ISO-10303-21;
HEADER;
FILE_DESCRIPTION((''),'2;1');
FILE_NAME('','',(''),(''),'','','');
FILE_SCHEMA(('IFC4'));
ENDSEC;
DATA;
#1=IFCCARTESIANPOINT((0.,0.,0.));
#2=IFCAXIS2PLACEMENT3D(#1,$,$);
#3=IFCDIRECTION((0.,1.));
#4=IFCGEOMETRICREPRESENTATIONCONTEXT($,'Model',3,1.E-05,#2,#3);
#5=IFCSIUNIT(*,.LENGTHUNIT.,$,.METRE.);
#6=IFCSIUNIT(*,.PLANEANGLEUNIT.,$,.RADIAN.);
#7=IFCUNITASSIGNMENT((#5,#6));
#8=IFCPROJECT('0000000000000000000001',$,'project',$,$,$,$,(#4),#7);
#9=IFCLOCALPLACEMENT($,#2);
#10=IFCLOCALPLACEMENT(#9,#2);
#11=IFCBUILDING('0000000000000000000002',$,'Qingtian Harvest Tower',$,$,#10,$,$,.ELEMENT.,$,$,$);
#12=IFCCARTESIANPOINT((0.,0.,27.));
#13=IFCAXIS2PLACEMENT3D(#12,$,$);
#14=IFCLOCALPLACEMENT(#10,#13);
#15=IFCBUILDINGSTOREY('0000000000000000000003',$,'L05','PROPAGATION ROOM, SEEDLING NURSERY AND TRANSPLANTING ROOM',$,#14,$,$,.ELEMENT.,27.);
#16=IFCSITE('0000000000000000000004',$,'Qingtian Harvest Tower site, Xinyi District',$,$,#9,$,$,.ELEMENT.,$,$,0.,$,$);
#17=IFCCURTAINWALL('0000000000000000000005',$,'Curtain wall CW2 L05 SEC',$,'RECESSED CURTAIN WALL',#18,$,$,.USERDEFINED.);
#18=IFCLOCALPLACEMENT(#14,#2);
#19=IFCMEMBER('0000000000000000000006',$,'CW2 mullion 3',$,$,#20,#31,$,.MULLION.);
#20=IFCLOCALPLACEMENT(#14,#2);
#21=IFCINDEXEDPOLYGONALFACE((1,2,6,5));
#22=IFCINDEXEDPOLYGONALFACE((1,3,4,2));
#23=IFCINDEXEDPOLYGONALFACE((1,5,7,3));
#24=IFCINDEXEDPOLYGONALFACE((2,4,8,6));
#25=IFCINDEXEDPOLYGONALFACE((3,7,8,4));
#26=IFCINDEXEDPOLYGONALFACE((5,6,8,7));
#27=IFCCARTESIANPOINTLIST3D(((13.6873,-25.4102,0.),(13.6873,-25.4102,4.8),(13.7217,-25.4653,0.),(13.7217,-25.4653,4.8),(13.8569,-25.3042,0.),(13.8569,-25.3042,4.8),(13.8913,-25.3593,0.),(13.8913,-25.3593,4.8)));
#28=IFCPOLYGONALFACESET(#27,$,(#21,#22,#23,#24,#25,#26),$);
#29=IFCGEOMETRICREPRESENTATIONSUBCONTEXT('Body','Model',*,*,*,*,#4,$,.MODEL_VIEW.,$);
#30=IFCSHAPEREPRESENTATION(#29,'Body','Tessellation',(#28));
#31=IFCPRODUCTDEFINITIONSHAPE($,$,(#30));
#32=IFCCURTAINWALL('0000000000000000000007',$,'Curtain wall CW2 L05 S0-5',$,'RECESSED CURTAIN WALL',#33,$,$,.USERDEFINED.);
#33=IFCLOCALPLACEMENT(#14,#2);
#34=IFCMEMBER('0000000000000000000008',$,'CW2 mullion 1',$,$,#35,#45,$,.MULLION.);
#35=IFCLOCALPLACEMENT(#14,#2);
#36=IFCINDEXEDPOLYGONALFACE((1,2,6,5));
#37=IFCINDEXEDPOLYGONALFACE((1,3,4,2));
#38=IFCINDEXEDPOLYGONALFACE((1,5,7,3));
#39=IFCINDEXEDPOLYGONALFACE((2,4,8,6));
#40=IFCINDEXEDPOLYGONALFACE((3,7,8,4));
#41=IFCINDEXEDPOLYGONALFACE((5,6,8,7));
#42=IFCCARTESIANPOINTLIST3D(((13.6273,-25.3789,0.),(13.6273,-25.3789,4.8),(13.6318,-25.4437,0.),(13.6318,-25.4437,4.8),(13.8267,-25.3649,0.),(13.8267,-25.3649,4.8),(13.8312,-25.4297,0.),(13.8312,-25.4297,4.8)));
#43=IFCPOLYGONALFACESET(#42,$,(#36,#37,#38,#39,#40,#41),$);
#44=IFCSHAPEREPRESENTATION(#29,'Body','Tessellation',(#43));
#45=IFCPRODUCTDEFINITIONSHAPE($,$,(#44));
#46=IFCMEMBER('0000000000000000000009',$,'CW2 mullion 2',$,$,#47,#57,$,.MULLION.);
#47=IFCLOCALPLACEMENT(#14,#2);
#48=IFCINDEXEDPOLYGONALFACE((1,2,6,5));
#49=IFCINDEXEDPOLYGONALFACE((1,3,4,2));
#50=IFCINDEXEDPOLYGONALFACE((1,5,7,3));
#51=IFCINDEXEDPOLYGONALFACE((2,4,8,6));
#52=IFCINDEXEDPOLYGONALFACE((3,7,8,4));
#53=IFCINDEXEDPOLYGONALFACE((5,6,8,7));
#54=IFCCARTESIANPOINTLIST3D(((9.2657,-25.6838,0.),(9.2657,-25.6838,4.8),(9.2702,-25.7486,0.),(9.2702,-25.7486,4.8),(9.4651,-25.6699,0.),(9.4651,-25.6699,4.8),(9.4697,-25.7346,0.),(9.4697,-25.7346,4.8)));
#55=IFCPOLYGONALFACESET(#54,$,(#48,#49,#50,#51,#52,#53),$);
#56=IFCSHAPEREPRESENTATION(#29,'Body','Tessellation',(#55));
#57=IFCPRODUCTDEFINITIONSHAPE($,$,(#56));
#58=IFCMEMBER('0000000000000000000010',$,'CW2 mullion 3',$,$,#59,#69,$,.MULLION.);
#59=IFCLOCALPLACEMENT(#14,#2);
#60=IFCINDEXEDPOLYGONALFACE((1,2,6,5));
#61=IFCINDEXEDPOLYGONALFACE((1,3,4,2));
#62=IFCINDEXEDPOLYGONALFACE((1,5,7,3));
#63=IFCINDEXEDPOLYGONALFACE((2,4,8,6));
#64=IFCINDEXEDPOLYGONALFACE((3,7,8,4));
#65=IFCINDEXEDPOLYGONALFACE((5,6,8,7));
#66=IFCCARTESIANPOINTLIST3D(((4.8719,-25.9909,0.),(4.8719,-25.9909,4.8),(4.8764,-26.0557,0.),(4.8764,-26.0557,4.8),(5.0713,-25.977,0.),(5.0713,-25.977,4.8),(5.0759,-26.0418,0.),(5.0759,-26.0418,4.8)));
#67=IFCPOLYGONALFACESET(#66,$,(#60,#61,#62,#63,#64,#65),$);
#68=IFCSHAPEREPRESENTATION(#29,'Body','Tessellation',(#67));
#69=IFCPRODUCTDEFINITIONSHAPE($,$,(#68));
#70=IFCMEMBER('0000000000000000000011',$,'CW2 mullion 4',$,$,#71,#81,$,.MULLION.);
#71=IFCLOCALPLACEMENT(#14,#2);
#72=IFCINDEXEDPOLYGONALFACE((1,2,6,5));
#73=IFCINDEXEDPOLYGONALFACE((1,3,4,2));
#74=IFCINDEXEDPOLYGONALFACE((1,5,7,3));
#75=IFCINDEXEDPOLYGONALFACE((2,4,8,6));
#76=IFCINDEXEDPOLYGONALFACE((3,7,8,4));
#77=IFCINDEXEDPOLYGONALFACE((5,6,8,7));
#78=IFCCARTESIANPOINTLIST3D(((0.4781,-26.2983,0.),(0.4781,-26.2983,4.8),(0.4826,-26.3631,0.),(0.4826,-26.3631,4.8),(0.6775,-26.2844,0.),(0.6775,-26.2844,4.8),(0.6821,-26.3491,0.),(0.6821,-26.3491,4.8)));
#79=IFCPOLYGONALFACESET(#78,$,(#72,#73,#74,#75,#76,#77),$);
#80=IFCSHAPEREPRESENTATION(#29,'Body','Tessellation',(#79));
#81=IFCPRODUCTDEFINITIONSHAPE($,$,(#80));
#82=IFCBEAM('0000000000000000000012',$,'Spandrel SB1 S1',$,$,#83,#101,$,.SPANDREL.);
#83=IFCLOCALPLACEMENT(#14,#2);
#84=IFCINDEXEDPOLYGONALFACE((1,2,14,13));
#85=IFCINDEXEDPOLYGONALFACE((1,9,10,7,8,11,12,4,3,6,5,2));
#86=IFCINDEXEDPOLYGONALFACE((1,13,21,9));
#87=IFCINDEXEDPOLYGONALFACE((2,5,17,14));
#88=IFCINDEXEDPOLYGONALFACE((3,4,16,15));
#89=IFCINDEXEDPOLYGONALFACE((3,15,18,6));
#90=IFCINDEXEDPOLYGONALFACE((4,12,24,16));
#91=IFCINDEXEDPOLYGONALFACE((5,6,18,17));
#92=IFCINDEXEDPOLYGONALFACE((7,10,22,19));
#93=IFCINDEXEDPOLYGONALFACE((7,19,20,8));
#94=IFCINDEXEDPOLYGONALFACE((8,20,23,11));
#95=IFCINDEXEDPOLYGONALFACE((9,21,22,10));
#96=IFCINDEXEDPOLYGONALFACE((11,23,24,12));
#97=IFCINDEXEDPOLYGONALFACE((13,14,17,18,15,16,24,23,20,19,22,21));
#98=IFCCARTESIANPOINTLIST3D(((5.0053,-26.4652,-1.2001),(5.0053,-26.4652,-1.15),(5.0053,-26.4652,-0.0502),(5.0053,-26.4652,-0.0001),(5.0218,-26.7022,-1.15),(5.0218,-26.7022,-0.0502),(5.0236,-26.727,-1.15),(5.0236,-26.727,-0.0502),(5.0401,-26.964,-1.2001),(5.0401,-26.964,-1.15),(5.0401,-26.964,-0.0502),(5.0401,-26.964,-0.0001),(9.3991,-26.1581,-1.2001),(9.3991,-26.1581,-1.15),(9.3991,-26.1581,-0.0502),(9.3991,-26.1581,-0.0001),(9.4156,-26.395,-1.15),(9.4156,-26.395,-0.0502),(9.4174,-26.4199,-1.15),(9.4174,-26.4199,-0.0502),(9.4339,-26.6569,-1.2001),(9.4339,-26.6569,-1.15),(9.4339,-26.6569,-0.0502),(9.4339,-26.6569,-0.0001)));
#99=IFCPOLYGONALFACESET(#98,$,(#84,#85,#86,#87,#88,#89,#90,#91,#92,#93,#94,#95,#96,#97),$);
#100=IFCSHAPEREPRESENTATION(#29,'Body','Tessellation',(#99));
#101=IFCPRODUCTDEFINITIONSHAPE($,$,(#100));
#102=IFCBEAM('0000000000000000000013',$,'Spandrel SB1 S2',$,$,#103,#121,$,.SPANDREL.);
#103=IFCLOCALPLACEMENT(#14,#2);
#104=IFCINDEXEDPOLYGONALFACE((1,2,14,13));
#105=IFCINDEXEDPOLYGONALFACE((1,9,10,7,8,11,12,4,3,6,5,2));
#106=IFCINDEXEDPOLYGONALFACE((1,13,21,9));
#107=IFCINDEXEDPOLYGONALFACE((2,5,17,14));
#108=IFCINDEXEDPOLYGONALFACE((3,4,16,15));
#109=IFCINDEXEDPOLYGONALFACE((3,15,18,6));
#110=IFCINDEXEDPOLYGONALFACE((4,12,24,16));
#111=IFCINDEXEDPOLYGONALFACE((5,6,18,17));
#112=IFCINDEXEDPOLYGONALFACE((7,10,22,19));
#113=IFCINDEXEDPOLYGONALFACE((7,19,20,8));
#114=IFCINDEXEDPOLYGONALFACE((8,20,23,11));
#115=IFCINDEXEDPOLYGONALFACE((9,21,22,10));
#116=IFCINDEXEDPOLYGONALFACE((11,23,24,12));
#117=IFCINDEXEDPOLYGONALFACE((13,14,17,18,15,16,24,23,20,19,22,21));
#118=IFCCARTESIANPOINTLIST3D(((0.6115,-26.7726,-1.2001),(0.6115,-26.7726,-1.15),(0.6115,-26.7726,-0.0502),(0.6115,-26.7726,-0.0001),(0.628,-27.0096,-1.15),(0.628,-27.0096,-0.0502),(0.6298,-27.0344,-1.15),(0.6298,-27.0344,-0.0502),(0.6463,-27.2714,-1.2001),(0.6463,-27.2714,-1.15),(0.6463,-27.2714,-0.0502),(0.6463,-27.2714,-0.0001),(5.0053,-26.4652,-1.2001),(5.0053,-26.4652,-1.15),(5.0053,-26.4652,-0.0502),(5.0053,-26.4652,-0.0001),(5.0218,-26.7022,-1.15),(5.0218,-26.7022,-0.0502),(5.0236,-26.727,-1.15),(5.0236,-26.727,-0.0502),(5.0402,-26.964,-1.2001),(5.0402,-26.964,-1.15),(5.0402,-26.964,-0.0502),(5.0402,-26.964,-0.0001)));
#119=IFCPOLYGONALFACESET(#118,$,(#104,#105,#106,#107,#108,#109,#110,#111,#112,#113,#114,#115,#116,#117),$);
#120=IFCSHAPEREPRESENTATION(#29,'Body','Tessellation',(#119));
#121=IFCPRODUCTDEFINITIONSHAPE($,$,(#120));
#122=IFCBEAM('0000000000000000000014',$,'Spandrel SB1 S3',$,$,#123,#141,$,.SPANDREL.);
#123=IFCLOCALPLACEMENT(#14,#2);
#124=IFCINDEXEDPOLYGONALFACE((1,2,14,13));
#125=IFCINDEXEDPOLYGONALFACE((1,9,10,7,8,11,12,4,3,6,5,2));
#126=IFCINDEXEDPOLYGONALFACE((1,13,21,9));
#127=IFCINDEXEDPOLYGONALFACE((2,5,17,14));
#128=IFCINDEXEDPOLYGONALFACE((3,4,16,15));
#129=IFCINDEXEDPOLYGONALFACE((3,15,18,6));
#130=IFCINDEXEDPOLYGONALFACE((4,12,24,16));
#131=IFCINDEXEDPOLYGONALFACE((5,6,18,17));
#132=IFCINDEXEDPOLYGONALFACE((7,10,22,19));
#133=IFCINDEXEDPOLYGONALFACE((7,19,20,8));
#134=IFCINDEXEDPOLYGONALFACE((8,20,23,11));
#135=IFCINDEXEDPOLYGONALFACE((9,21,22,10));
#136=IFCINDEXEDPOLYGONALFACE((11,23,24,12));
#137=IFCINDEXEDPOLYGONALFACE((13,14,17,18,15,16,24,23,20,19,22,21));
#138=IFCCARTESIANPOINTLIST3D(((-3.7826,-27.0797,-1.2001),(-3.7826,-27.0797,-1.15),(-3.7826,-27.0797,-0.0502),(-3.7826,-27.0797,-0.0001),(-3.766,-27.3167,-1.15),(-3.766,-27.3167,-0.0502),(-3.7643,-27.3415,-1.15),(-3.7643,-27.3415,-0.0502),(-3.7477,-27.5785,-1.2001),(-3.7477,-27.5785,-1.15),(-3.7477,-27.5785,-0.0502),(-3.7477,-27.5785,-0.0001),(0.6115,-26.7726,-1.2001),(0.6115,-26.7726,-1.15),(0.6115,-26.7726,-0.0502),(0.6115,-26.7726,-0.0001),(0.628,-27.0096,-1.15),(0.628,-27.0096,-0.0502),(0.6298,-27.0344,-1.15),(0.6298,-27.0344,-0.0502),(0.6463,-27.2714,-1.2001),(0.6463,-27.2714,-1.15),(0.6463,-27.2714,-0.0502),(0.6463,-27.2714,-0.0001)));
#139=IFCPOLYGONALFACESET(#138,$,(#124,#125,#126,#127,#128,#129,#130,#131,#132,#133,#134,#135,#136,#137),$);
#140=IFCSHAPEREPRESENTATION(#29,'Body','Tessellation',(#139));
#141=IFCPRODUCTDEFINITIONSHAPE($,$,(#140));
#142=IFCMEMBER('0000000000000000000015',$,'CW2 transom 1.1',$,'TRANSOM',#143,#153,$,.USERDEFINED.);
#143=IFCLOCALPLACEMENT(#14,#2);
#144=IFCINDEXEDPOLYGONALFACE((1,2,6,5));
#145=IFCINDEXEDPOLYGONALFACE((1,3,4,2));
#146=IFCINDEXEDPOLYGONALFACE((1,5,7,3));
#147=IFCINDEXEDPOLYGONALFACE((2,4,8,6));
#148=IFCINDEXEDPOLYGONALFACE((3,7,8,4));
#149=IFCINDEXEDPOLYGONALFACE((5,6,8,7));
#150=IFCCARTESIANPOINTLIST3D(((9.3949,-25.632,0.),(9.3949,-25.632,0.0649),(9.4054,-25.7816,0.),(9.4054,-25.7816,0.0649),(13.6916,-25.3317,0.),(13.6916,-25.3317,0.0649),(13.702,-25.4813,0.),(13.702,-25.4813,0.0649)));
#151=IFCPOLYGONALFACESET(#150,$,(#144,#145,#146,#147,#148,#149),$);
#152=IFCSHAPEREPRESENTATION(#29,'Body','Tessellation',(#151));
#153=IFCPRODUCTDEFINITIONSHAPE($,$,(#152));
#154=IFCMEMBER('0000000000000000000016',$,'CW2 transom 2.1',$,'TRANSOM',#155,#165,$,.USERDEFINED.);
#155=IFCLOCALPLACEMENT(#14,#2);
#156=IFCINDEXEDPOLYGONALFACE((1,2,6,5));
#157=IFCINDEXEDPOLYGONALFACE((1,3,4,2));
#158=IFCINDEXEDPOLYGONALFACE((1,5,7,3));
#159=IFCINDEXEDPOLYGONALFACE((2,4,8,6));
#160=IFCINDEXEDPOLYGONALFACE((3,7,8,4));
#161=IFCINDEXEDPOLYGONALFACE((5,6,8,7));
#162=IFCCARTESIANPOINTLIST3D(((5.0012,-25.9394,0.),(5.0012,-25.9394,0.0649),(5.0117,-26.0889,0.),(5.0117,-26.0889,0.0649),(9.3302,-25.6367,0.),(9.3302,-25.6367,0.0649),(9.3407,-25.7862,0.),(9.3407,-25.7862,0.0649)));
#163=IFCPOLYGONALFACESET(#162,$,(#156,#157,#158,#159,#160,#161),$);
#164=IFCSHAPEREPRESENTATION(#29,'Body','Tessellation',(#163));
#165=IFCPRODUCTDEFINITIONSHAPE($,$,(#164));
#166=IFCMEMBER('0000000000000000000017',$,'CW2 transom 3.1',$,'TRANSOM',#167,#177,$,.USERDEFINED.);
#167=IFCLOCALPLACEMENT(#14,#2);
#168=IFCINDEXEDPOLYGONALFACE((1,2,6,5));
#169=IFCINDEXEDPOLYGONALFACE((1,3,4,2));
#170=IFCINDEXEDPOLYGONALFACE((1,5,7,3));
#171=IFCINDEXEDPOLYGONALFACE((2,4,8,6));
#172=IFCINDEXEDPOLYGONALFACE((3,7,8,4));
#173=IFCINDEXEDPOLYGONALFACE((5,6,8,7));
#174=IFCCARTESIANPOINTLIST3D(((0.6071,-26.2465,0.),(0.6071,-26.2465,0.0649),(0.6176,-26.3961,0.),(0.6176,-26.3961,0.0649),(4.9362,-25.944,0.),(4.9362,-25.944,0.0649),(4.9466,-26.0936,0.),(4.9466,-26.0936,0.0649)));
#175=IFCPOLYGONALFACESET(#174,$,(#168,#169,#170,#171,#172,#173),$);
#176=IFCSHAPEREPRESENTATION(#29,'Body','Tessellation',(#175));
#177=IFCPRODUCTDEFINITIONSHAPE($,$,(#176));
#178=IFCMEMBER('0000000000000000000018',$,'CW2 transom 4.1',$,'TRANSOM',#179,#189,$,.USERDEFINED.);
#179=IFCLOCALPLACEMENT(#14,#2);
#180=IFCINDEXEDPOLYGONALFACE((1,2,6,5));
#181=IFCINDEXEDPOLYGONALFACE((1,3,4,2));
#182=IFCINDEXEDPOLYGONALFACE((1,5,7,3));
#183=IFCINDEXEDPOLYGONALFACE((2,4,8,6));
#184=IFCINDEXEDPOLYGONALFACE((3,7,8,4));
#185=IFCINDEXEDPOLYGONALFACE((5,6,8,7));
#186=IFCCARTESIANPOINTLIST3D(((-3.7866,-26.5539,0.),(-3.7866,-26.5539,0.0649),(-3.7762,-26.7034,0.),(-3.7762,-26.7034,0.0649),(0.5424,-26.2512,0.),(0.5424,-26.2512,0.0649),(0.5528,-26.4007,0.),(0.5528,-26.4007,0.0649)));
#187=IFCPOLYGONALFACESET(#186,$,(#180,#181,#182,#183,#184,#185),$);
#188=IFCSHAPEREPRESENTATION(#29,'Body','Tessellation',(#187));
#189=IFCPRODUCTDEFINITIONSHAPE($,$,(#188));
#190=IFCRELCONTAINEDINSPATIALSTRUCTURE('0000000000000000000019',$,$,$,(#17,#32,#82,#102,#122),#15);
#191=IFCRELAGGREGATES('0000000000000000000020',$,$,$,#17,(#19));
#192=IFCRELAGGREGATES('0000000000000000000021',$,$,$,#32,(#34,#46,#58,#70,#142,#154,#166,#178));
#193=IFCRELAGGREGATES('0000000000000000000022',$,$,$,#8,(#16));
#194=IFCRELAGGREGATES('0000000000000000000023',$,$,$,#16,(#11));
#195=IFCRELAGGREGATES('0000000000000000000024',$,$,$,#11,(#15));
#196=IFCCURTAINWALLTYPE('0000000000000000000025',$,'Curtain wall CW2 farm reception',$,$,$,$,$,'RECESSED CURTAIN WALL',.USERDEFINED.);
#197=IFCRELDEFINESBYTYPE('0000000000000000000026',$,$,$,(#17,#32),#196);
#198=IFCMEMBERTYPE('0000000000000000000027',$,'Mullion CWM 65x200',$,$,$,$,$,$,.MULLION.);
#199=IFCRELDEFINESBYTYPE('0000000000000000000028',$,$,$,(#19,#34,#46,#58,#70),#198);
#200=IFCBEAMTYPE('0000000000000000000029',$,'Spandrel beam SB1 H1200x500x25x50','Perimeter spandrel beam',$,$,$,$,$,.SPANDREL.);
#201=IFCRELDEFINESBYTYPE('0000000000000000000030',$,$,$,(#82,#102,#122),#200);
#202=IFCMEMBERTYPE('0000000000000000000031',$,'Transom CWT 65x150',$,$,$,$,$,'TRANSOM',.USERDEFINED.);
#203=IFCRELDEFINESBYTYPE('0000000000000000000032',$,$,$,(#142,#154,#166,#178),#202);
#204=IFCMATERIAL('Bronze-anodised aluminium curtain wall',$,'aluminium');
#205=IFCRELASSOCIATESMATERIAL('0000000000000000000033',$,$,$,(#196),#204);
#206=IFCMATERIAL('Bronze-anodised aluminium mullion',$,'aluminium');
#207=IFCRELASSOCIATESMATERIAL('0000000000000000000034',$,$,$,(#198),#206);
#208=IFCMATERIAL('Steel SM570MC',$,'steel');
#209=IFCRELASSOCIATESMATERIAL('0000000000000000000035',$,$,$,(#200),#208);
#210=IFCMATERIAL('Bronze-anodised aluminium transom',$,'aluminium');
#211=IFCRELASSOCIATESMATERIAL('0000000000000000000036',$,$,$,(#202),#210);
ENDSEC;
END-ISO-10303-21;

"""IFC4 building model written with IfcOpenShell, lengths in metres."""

from ifc_helpers import new_model, si_unit, direction, frame, origin, origin_2d, place, context, subcontext, project, spatial, rectangle, i_section, extrude, material, material_profile, profile_set, type_object, element, aggregate, save


model = new_model("IFC4")

# Units and contexts
model_context = context("Model", 3, precision=1e-05, world=origin(), true_north=direction((0.0, 1.0)))
body_context = subcontext(model_context, "Body", "Model", "MODEL_VIEW")
ifc_project = project(units=[si_unit("LENGTHUNIT", "METRE"), si_unit("PLANEANGLEUNIT", "RADIAN")], contexts=[model_context])

# Site, building, storey
site_placement = place(None, origin())
site = spatial("IfcSite", under=ifc_project, at=site_placement, Name="Qingtian Harvest Tower site, Xinyi District", CompositionType="ELEMENT", RefElevation=0.0)
building_placement = place(site_placement, origin())
building = spatial("IfcBuilding", under=site, at=building_placement, Name="Qingtian Harvest Tower", CompositionType="ELEMENT")
storey_placement = place(building_placement, frame((0.0, 0.0, 27.0)))
storey = spatial("IfcBuildingStorey", under=building, at=storey_placement, Name="L05", Description="PROPAGATION ROOM, SEEDLING NURSERY AND TRANSPLANTING ROOM", CompositionType="ELEMENT", Elevation=27.0)

# Curtain wall, member
ifc_material_1 = material(Name="Bronze-anodised aluminium curtain wall", Category="aluminium")
curtain_wall_type = type_object("IfcCurtainWallType", Name="Curtain wall CW2 farm reception", ElementType="RECESSED CURTAIN WALL", PredefinedType="USERDEFINED", material=ifc_material_1)
curtain_wall_1_placement = place(storey_placement, origin())
curtain_wall_1 = element("IfcCurtainWall", 1, at=curtain_wall_1_placement, inside=storey, type_object=curtain_wall_type, Name="Curtain wall CW2 L05 SEC", ObjectType="RECESSED CURTAIN WALL", PredefinedType="USERDEFINED")
ifc_material_2 = material(Name="Bronze-anodised aluminium mullion", Category="aluminium")
ifc_material_profile_1 = material_profile(ifc_material_2, rectangle(XDim=0.0649, YDim=0.2, at=origin_2d()), Name="AL 65x200")
ifc_profile_set_1 = profile_set([ifc_material_profile_1], Name="Bronze-anodised aluminium mullion")
member_type_1 = type_object("IfcMemberType", Name="Mullion CWM 65x200", PredefinedType="MULLION", material=ifc_profile_set_1)
member_1_placement = place(storey_placement, frame((13.7893, -25.3848, 0.0), z_axis=(0.0, 0.0, 1.0), x_axis=(0.529919, -0.848048, 0.0)))
member_1 = element("IfcMember", 2, at=member_1_placement, type_object=member_type_1, Name="CW2 mullion 3", PredefinedType="MULLION", context=body_context, shape_type="SweptSolid", body=[
    extrude(rectangle(XDim=0.0649, YDim=0.2, at=origin_2d()), origin(), (0.0, 0.0, 1.0), 4.8),
])
aggregate(curtain_wall_1, [member_1])

# Curtain wall, members
curtain_wall_2_placement = place(storey_placement, origin())
curtain_wall_2 = element("IfcCurtainWall", 3, at=curtain_wall_2_placement, inside=storey, type_object=curtain_wall_type, Name="Curtain wall CW2 L05 S0-5", ObjectType="RECESSED CURTAIN WALL", PredefinedType="USERDEFINED")
member_2_placement = place(storey_placement, frame((13.7292, -25.4043, 0.0), z_axis=(0.0, 0.0, 1.0), x_axis=(0.069756, -0.997564, 0.0)))
member_2 = element("IfcMember", 4, at=member_2_placement, type_object=member_type_1, Name="CW2 mullion 1", PredefinedType="MULLION", context=body_context, shape_type="SweptSolid", body=[
    extrude(rectangle(XDim=0.0649, YDim=0.2, at=origin_2d()), origin(), (0.0, 0.0, 1.0), 4.8),
])
member_3_placement = place(storey_placement, frame((9.3677, -25.7092, 0.0), z_axis=(0.0, 0.0, 1.0), x_axis=(0.069756, -0.997564, 0.0)))
member_3 = element("IfcMember", 5, at=member_3_placement, type_object=member_type_1, Name="CW2 mullion 2", PredefinedType="MULLION", context=body_context, shape_type="SweptSolid", body=[
    extrude(rectangle(XDim=0.0649, YDim=0.2, at=origin_2d()), origin(), (0.0, 0.0, 1.0), 4.8),
])
member_4_placement = place(storey_placement, frame((4.9739, -26.0164, 0.0), z_axis=(0.0, 0.0, 1.0), x_axis=(0.069756, -0.997564, 0.0)))
member_4 = element("IfcMember", 6, at=member_4_placement, type_object=member_type_1, Name="CW2 mullion 3", PredefinedType="MULLION", context=body_context, shape_type="SweptSolid", body=[
    extrude(rectangle(XDim=0.0649, YDim=0.2, at=origin_2d()), origin(), (0.0, 0.0, 1.0), 4.8),
])
member_5_placement = place(storey_placement, frame((0.5801, -26.3237, 0.0), z_axis=(0.0, 0.0, 1.0), x_axis=(0.069756, -0.997564, 0.0)))
member_5 = element("IfcMember", 7, at=member_5_placement, type_object=member_type_1, Name="CW2 mullion 4", PredefinedType="MULLION", context=body_context, shape_type="SweptSolid", body=[
    extrude(rectangle(XDim=0.0649, YDim=0.2, at=origin_2d()), origin(), (0.0, 0.0, 1.0), 4.8),
])

# Beams
ifc_material_3 = material(Name="Steel SM570MC", Category="steel")
ifc_material_profile_2 = material_profile(ifc_material_3, i_section(OverallWidth=0.5, OverallDepth=1.2, WebThickness=0.0249, FlangeThickness=0.05, at=origin_2d()), Name="H1200x500x25x50")
ifc_profile_set_2 = profile_set([ifc_material_profile_2], Name="Steel SM570MC")
beam_type_1 = type_object("IfcBeamType", Name="Spandrel beam SB1 H1200x500x25x50", Description="Perimeter spandrel beam", PredefinedType="SPANDREL", material=ifc_profile_set_2)
for number, where, z_axis, x_axis, name in (
    (8, (9.4165, -26.4075, -0.6001), (-0.997566, -0.06973, 0.0), (0.06973, -0.997566, 0.0), "Spandrel SB1 S1"),
    (9, (5.0227, -26.7146, -0.6001), (-0.997562, -0.069786, 0.0), (0.069786, -0.997562, 0.0), "Spandrel SB1 S2"),
):
    element("IfcBeam", number, at=place(storey_placement, frame(where, z_axis=z_axis, x_axis=x_axis)), inside=storey, type_object=beam_type_1, Name=name, PredefinedType="SPANDREL", context=body_context, shape_type="SweptSolid", body=[
        extrude(i_section(OverallWidth=0.5, OverallDepth=1.2, WebThickness=0.0249, FlangeThickness=0.05, at=origin_2d()), origin(), (0.0, 0.0, 1.0), 4.4045),
    ])
beam_1_placement = place(storey_placement, frame((0.6289, -27.022, -0.6001), z_axis=(-0.997566, -0.069727, 0.0), x_axis=(0.069727, -0.997566, 0.0)))
element("IfcBeam", 10, at=beam_1_placement, inside=storey, type_object=beam_type_1, Name="Spandrel SB1 S3", PredefinedType="SPANDREL", context=body_context, shape_type="SweptSolid", body=[
    extrude(i_section(OverallWidth=0.5, OverallDepth=1.2, WebThickness=0.0249, FlangeThickness=0.05, at=origin_2d()), origin(), (0.0, 0.0, 1.0), 4.4048),
])

# Members
ifc_material_4 = material(Name="Bronze-anodised aluminium transom", Category="aluminium")
ifc_material_profile_3 = material_profile(ifc_material_4, rectangle(XDim=0.1499, YDim=0.0649, at=origin_2d()), Name="AL 65x150")
ifc_profile_set_3 = profile_set([ifc_material_profile_3], Name="Bronze-anodised aluminium transom")
member_type_2 = type_object("IfcMemberType", Name="Transom CWT 65x150", ElementType="TRANSOM", PredefinedType="USERDEFINED", material=ifc_profile_set_3)
member_6_placement = place(storey_placement, frame((13.6968, -25.4065, 0.0325), z_axis=(-0.997567, -0.06972, 0.0), x_axis=(0.06972, -0.997567, 0.0)))
member_6 = element("IfcMember", 11, at=member_6_placement, type_object=member_type_2, Name="CW2 transom 1.1", ObjectType="TRANSOM", PredefinedType="USERDEFINED", context=body_context, shape_type="SweptSolid", body=[
    extrude(rectangle(XDim=0.1499, YDim=0.0649, at=origin_2d()), origin(), (0.0, 0.0, 1.0), 4.3071),
])
member_7_placement = place(storey_placement, frame((9.3354, -25.7114, 0.0325), z_axis=(-0.997564, -0.06976, 0.0), x_axis=(0.06976, -0.997564, 0.0)))
member_7 = element("IfcMember", 12, at=member_7_placement, type_object=member_type_2, Name="CW2 transom 2.1", ObjectType="TRANSOM", PredefinedType="USERDEFINED", context=body_context, shape_type="SweptSolid", body=[
    extrude(rectangle(XDim=0.1499, YDim=0.0649, at=origin_2d()), origin(), (0.0, 0.0, 1.0), 4.3396),
])
member_8_placement = place(storey_placement, frame((4.9414, -26.0188, 0.0325), z_axis=(-0.997568, -0.069704, 0.0), x_axis=(0.069704, -0.997568, 0.0)))
member_8 = element("IfcMember", 13, at=member_8_placement, type_object=member_type_2, Name="CW2 transom 3.1", ObjectType="TRANSOM", PredefinedType="USERDEFINED", context=body_context, shape_type="SweptSolid", body=[
    extrude(rectangle(XDim=0.1499, YDim=0.0649, at=origin_2d()), origin(), (0.0, 0.0, 1.0), 4.3396),
])
member_9_placement = place(storey_placement, frame((0.5476, -26.3259, 0.0325), z_axis=(-0.997564, -0.06976, 0.0), x_axis=(0.06976, -0.997564, 0.0)))
member_9 = element("IfcMember", 14, at=member_9_placement, type_object=member_type_2, Name="CW2 transom 4.1", ObjectType="TRANSOM", PredefinedType="USERDEFINED", context=body_context, shape_type="SweptSolid", body=[
    extrude(rectangle(XDim=0.1499, YDim=0.0649, at=origin_2d()), origin(), (0.0, 0.0, 1.0), 4.3396),
])

aggregate(curtain_wall_2, [member_2, member_3, member_4, member_5, member_6, member_7, member_8, member_9])

save(model, "model.ifc")
